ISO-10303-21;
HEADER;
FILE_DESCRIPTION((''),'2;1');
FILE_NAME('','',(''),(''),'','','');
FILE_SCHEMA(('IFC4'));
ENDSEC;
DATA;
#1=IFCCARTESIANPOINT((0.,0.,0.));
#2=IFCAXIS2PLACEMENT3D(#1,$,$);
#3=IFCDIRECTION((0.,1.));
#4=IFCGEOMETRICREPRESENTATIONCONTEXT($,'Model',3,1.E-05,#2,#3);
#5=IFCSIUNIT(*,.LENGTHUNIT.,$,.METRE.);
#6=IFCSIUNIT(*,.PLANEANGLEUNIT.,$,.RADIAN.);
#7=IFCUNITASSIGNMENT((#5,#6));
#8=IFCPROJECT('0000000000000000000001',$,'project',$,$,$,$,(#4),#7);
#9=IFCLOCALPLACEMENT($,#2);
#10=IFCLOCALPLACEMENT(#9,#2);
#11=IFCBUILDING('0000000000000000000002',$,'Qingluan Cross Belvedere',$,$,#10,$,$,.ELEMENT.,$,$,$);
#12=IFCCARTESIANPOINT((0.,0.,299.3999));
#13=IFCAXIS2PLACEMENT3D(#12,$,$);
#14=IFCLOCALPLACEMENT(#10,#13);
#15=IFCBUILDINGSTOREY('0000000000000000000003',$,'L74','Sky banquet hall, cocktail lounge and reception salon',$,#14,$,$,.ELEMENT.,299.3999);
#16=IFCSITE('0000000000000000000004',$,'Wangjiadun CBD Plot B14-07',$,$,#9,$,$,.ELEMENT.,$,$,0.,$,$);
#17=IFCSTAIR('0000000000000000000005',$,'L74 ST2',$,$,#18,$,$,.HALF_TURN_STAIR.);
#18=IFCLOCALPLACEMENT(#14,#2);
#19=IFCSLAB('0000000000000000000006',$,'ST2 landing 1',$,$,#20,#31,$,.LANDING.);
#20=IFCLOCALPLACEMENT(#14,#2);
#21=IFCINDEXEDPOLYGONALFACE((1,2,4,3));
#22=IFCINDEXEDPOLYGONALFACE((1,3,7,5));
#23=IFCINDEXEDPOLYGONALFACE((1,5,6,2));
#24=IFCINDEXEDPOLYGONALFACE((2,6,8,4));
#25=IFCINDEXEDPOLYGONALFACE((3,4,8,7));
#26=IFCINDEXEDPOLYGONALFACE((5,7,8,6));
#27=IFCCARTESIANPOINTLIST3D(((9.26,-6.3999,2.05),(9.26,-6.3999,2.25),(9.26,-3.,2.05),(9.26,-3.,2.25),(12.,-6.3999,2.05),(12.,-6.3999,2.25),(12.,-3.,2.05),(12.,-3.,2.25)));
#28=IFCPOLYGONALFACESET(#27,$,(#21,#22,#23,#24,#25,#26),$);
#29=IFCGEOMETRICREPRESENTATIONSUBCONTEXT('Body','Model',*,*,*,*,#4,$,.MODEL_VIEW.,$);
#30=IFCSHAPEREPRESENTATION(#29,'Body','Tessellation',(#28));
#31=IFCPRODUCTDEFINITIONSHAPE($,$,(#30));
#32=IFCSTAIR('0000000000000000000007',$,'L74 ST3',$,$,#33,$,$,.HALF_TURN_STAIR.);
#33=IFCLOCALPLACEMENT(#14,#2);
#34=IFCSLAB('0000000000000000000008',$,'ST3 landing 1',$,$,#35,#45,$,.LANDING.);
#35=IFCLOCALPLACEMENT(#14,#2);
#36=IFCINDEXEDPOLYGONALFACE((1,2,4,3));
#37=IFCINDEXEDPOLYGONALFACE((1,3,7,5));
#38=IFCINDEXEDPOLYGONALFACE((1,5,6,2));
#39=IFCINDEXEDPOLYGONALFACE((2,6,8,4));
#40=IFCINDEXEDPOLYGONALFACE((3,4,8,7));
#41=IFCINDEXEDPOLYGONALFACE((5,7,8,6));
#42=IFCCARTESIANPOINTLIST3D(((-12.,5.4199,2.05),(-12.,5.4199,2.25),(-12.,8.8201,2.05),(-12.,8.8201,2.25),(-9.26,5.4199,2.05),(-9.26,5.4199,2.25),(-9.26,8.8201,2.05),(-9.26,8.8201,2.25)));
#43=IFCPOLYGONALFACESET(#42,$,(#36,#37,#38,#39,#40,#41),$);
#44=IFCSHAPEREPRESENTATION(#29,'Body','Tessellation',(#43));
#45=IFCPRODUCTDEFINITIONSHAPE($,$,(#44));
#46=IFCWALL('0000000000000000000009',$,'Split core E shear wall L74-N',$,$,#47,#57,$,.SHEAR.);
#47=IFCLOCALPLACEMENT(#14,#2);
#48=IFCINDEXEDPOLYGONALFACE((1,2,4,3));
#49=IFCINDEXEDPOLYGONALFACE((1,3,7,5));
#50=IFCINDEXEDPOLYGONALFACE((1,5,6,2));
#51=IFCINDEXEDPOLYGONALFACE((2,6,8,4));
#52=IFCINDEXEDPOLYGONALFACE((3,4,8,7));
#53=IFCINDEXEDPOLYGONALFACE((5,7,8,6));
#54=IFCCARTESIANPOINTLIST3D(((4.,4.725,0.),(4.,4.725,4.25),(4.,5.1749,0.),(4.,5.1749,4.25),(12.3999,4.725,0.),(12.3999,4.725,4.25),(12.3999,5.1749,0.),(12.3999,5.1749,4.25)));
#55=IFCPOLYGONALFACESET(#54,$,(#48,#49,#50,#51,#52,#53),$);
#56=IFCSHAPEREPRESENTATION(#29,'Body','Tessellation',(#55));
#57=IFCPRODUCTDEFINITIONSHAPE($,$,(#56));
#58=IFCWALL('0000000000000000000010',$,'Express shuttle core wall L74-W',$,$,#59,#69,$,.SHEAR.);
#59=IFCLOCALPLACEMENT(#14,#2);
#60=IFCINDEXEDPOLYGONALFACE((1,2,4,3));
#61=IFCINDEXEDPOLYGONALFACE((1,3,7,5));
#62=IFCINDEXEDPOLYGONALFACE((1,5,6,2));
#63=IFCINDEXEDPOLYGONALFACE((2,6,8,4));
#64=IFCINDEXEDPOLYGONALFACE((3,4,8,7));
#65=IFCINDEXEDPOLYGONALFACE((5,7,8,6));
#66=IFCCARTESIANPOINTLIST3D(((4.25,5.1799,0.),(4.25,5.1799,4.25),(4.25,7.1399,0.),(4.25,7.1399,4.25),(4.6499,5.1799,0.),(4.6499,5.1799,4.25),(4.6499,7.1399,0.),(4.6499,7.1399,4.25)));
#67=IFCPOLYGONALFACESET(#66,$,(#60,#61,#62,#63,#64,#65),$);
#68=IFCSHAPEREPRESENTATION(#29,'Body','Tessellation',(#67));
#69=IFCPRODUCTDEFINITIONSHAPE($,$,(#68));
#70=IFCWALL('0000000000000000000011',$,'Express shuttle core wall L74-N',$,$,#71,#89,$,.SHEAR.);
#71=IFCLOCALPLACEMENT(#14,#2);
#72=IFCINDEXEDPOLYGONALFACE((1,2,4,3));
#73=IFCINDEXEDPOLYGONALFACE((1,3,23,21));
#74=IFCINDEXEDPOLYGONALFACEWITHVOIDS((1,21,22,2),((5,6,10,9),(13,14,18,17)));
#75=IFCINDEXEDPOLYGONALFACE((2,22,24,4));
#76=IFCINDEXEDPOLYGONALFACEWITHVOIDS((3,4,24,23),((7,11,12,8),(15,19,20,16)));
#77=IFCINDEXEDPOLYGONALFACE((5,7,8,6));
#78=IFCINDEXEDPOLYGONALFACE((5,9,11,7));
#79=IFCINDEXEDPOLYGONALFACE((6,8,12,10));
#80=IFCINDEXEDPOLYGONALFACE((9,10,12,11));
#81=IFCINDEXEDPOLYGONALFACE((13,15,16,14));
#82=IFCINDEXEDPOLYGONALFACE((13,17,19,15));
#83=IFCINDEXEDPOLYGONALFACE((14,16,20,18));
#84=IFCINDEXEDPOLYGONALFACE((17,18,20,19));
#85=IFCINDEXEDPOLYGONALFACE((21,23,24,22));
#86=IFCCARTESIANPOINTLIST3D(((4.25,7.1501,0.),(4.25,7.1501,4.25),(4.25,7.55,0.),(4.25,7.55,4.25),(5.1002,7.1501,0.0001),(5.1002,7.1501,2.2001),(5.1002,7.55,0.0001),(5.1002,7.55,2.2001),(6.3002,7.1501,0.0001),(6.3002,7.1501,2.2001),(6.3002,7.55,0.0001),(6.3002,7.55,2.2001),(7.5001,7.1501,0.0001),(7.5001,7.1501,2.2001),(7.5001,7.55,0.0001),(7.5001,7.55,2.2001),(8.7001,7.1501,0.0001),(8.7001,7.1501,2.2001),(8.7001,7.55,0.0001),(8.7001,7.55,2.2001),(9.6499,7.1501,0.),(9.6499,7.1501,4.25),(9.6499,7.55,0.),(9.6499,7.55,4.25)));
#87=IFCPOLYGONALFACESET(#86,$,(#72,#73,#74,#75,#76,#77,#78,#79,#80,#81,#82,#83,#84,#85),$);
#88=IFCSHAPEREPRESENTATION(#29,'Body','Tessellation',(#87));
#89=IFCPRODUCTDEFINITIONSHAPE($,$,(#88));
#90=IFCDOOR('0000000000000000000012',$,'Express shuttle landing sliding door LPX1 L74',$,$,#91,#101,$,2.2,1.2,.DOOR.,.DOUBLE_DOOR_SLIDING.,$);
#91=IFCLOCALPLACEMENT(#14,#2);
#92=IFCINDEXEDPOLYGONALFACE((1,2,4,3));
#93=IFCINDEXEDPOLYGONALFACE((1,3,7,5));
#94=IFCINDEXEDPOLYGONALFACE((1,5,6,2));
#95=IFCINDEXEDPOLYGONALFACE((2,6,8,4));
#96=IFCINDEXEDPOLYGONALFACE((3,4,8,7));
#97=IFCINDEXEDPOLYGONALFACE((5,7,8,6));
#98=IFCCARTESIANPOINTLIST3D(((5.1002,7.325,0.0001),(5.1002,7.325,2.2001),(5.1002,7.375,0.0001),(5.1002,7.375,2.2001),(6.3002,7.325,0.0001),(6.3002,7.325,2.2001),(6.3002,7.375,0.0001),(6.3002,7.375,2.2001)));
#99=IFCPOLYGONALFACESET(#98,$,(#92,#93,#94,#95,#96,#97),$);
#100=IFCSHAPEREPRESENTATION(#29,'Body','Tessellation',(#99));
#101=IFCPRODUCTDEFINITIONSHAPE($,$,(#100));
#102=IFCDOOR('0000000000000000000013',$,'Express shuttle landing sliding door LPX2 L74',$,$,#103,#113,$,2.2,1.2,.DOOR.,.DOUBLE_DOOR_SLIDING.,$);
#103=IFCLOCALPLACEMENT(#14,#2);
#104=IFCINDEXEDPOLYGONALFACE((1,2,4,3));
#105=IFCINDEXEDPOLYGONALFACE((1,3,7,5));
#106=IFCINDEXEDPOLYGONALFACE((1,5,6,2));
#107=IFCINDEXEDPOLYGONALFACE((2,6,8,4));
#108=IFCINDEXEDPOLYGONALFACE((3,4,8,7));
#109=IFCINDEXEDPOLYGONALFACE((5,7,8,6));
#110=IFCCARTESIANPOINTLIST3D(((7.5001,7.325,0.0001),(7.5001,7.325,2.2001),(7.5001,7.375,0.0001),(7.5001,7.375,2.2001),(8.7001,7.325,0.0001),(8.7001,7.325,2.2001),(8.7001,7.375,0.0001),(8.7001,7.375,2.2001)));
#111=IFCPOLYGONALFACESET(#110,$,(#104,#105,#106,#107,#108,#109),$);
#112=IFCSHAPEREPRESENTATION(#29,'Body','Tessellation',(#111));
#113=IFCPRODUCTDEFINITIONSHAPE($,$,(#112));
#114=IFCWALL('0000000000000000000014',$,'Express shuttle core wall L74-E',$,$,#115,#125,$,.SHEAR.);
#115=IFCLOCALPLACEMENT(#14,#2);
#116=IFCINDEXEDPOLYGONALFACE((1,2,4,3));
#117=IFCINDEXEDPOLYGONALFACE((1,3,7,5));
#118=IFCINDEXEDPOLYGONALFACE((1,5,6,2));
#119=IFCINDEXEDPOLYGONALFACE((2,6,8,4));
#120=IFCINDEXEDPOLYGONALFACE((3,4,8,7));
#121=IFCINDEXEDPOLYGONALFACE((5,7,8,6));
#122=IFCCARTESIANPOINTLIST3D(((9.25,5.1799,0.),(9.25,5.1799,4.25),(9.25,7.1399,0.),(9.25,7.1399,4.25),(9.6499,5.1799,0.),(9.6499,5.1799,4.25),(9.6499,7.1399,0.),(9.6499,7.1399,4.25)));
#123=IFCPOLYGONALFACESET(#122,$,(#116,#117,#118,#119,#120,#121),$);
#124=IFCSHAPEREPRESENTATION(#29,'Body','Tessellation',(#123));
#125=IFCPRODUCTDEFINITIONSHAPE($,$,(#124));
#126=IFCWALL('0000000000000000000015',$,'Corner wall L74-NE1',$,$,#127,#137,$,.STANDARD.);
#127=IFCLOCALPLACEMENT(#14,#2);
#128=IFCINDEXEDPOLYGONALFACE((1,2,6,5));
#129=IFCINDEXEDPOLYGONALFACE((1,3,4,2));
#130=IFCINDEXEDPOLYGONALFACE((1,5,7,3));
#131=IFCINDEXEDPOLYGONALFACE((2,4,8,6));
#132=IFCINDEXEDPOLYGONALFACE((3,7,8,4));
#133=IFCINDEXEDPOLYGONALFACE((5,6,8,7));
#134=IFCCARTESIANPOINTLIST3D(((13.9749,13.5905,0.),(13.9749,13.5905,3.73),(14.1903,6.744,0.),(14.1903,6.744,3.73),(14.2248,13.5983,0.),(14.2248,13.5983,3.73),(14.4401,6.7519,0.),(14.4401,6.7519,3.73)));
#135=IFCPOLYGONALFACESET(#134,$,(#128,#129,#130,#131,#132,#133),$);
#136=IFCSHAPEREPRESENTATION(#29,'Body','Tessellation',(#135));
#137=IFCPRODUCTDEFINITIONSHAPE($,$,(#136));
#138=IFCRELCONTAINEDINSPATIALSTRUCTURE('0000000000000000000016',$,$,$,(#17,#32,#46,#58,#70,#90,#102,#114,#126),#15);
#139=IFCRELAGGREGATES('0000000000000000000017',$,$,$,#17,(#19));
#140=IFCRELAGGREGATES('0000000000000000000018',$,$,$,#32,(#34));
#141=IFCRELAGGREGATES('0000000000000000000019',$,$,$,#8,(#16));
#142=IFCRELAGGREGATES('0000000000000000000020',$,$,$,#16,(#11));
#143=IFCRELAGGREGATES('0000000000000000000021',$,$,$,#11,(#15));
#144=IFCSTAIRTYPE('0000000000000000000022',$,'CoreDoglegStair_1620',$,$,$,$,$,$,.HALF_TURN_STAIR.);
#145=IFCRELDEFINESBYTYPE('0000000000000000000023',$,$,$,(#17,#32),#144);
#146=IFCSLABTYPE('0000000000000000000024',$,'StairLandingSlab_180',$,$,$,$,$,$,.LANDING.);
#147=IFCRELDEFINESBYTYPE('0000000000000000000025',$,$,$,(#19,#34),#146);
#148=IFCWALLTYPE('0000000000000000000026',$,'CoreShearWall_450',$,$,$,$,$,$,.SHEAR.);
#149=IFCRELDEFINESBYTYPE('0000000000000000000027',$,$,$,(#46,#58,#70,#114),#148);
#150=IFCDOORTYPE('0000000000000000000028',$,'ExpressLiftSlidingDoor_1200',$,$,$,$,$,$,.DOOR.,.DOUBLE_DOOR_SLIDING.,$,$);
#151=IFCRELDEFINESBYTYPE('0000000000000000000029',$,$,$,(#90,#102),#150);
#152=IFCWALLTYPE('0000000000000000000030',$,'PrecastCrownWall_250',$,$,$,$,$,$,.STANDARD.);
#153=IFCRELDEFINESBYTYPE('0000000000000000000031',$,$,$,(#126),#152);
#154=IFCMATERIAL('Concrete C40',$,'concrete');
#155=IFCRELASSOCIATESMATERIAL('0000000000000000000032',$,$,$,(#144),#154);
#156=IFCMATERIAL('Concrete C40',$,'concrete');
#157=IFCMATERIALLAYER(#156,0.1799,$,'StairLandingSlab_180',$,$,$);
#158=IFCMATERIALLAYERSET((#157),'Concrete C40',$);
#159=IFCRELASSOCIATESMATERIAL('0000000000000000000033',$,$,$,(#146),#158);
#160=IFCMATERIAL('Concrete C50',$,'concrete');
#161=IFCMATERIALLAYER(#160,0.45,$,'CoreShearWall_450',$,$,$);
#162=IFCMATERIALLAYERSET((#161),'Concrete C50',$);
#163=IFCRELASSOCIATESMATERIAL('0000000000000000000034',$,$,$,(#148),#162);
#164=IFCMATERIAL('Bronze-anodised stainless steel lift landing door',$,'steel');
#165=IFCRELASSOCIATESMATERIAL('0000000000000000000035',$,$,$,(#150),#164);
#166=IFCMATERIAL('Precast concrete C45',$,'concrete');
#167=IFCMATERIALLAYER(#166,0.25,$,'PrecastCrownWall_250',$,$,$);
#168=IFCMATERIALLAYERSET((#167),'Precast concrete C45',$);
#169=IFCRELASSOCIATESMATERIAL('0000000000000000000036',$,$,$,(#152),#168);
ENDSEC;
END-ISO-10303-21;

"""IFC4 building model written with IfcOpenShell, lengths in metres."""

from ifc_helpers import new_model, si_unit, direction, frame, frame_2d, origin, place, context, subcontext, project, spatial, polyline, rectangle, outline, extrude, material, layer, layer_set, type_object, element, fill, aggregate, save


model = new_model("IFC4")

# Units and contexts
model_context = context("Model", 3, precision=1e-05, world=origin(), true_north=direction((0.0, 1.0)))
body_context = subcontext(model_context, "Body", "Model", "MODEL_VIEW")
ifc_project = project(units=[si_unit("LENGTHUNIT", "METRE"), si_unit("PLANEANGLEUNIT", "RADIAN")], contexts=[model_context])

# Site, building, storey
site_placement = place(None, origin())
site = spatial("IfcSite", under=ifc_project, at=site_placement, Name="Wangjiadun CBD Plot B14-07", CompositionType="ELEMENT", RefElevation=0.0)
building_placement = place(site_placement, origin())
building = spatial("IfcBuilding", under=site, at=building_placement, Name="Qingluan Cross Belvedere", CompositionType="ELEMENT")
storey_placement = place(building_placement, frame((0.0, 0.0, 299.3999)))
storey = spatial("IfcBuildingStorey", under=building, at=storey_placement, Name="L74", Description="Sky banquet hall, cocktail lounge and reception salon", CompositionType="ELEMENT", Elevation=299.3999)

# Stairs, slabs
ifc_material_1 = material(Name="Concrete C40", Category="concrete")
stair_type = type_object("IfcStairType", Name="CoreDoglegStair_1620", PredefinedType="HALF_TURN_STAIR", material=ifc_material_1)
ifc_material_2 = material(Name="Concrete C40", Category="concrete")
ifc_layer_1 = layer(ifc_material_2, 0.1799, Name="StairLandingSlab_180")
ifc_layer_set_1 = layer_set([ifc_layer_1], Name="Concrete C40")
slab_type_1 = type_object("IfcSlabType", Name="StairLandingSlab_180", PredefinedType="LANDING", material=ifc_layer_set_1)
stair_1_placement = place(storey_placement, origin())
stair_1 = element("IfcStair", 1, at=stair_1_placement, inside=storey, type_object=stair_type, Name="L74 ST2", PredefinedType="HALF_TURN_STAIR")
slab_1_placement = place(storey_placement, frame((0.0, 0.0, 2.05)))
slab_1 = element("IfcSlab", 2, at=slab_1_placement, type_object=slab_type_1, Name="ST2 landing 1", PredefinedType="LANDING", context=body_context, shape_type="SweptSolid", body=[
    extrude(outline(polyline([(9.26, -6.3999), (12.0, -6.3999), (12.0, -3.0), (9.26, -3.0), (9.26, -6.3999)])), origin(), (0.0, 0.0, 1.0), 0.2),
])
aggregate(stair_1, [slab_1])
stair_2_placement = place(storey_placement, origin())
stair_2 = element("IfcStair", 3, at=stair_2_placement, inside=storey, type_object=stair_type, Name="L74 ST3", PredefinedType="HALF_TURN_STAIR")
slab_2_placement = place(storey_placement, frame((0.0, 0.0, 2.05)))
slab_2 = element("IfcSlab", 4, at=slab_2_placement, type_object=slab_type_1, Name="ST3 landing 1", PredefinedType="LANDING", context=body_context, shape_type="SweptSolid", body=[
    extrude(outline(polyline([(-9.26, 8.8201), (-12.0, 8.8201), (-12.0, 5.4199), (-9.26, 5.4199), (-9.26, 8.8201)])), origin(), (0.0, 0.0, 1.0), 0.2),
])
aggregate(stair_2, [slab_2])

# Walls
ifc_material_3 = material(Name="Concrete C50", Category="concrete")
ifc_layer_2 = layer(ifc_material_3, 0.45, Name="CoreShearWall_450")
ifc_layer_set_2 = layer_set([ifc_layer_2], Name="Concrete C50")
wall_type_1 = type_object("IfcWallType", Name="CoreShearWall_450", PredefinedType="SHEAR", material=ifc_layer_set_2)
wall_1_placement = place(storey_placement, frame((4.0, 4.95, 0.0), z_axis=(0.0, 0.0, 1.0), x_axis=(1.0, 0.0, 0.0)))
element("IfcWall", 5, at=wall_1_placement, inside=storey, type_object=wall_type_1, Name="Split core E shear wall L74-N", PredefinedType="SHEAR", context=body_context, shape_type="SweptSolid", body=[
    extrude(rectangle(XDim=8.3999, YDim=0.45, at=frame_2d((4.2, 0.0))), origin(), (0.0, 0.0, 1.0), 4.25),
])
wall_2_placement = place(storey_placement, frame((4.45, 5.1799, 0.0), z_axis=(0.0, 0.0, 1.0), x_axis=(0.0, 1.0, 0.0)))
element("IfcWall", 6, at=wall_2_placement, inside=storey, type_object=wall_type_1, Name="Express shuttle core wall L74-W", PredefinedType="SHEAR", context=body_context, shape_type="SweptSolid", body=[
    extrude(rectangle(XDim=1.96, YDim=0.3999, at=frame_2d((0.98, 0.0))), origin(), (0.0, 0.0, 1.0), 4.25),
])

# Wall, openings, doors
wall_3_placement = place(storey_placement, frame((4.25, 7.3501, 0.0), z_axis=(0.0, 0.0, 1.0), x_axis=(1.0, 0.0, 0.0)))
wall_3 = element("IfcWall", 7, at=wall_3_placement, inside=storey, type_object=wall_type_1, Name="Express shuttle core wall L74-N", PredefinedType="SHEAR", context=body_context, shape_type="SweptSolid", body=[
    extrude(rectangle(XDim=5.3999, YDim=0.3999, at=frame_2d((2.7, 0.0))), origin(), (0.0, 0.0, 1.0), 4.25),
])
opening_1_placement = place(wall_3_placement, frame((0.8501, 0.0, 0.0)))
opening_1 = element("IfcOpeningElement", 8, at=opening_1_placement, cuts=wall_3, PredefinedType="OPENING", context=body_context, shape_type="SweptSolid", body=[
    extrude(rectangle(XDim=1.2, YDim=2.2, at=frame_2d((0.6001, 1.1001))), frame((0.0, 0.21, 0.0), z_axis=(0.0, -1.0, 0.0), x_axis=(1.0, 0.0, 0.0)), (0.0, 0.0, 1.0), 0.4199),
])
opening_2_placement = place(wall_3_placement, frame((3.25, 0.0, 0.0)))
opening_2 = element("IfcOpeningElement", 9, at=opening_2_placement, cuts=wall_3, PredefinedType="OPENING", context=body_context, shape_type="SweptSolid", body=[
    extrude(rectangle(XDim=1.2, YDim=2.2, at=frame_2d((0.6001, 1.1001))), frame((0.0, 0.21, 0.0), z_axis=(0.0, -1.0, 0.0), x_axis=(1.0, 0.0, 0.0)), (0.0, 0.0, 1.0), 0.4199),
])
ifc_material_4 = material(Name="Bronze-anodised stainless steel lift landing door", Category="steel")
door_type_1 = type_object("IfcDoorType", Name="ExpressLiftSlidingDoor_1200", OperationType="DOUBLE_DOOR_SLIDING", PredefinedType="DOOR", material=ifc_material_4)
door_1_placement = place(opening_1_placement, origin())
door_1 = element("IfcDoor", 10, at=door_1_placement, inside=storey, type_object=door_type_1, Name="Express shuttle landing sliding door LPX1 L74", OperationType="DOUBLE_DOOR_SLIDING", OverallHeight=2.2, OverallWidth=1.2, PredefinedType="DOOR", context=body_context, shape_type="SweptSolid", body=[
    extrude(rectangle(XDim=1.2, YDim=2.2, at=frame_2d((0.6001, 1.1001))), frame((0.0, 0.0249, 0.0), z_axis=(0.0, -1.0, 0.0), x_axis=(1.0, 0.0, 0.0)), (0.0, 0.0, 1.0), 0.05),
])
fill(opening_1, door_1)
door_2_placement = place(opening_2_placement, origin())
door_2 = element("IfcDoor", 11, at=door_2_placement, inside=storey, type_object=door_type_1, Name="Express shuttle landing sliding door LPX2 L74", OperationType="DOUBLE_DOOR_SLIDING", OverallHeight=2.2, OverallWidth=1.2, PredefinedType="DOOR", context=body_context, shape_type="SweptSolid", body=[
    extrude(rectangle(XDim=1.2, YDim=2.2, at=frame_2d((0.6001, 1.1001))), frame((0.0, 0.0249, 0.0), z_axis=(0.0, -1.0, 0.0), x_axis=(1.0, 0.0, 0.0)), (0.0, 0.0, 1.0), 0.05),
])
fill(opening_2, door_2)

# Walls
wall_4_placement = place(storey_placement, frame((9.45, 5.1799, 0.0), z_axis=(0.0, 0.0, 1.0), x_axis=(0.0, 1.0, 0.0)))
element("IfcWall", 12, at=wall_4_placement, inside=storey, type_object=wall_type_1, Name="Express shuttle core wall L74-E", PredefinedType="SHEAR", context=body_context, shape_type="SweptSolid", body=[
    extrude(rectangle(XDim=1.96, YDim=0.3999, at=frame_2d((0.98, 0.0))), origin(), (0.0, 0.0, 1.0), 4.25),
])
ifc_material_5 = material(Name="Precast concrete C45", Category="concrete")
ifc_layer_3 = layer(ifc_material_5, 0.25, Name="PrecastCrownWall_250")
ifc_layer_set_3 = layer_set([ifc_layer_3], Name="Precast concrete C45")
wall_type_2 = type_object("IfcWallType", Name="PrecastCrownWall_250", PredefinedType="STANDARD", material=ifc_layer_set_3)
wall_5_placement = place(storey_placement, frame((14.3152, 6.748, 0.0), z_axis=(0.0, 0.0, 1.0), x_axis=(-0.031436, 0.999506, 0.0)))
element("IfcWall", 13, at=wall_5_placement, inside=storey, type_object=wall_type_2, Name="Corner wall L74-NE1", PredefinedType="STANDARD", context=body_context, shape_type="SweptSolid", body=[
    extrude(rectangle(XDim=6.8499, YDim=0.25, at=frame_2d((3.4248, 0.0))), origin(), (0.0, 0.0, 1.0), 3.73),
])

save(model, "model.ifc")
